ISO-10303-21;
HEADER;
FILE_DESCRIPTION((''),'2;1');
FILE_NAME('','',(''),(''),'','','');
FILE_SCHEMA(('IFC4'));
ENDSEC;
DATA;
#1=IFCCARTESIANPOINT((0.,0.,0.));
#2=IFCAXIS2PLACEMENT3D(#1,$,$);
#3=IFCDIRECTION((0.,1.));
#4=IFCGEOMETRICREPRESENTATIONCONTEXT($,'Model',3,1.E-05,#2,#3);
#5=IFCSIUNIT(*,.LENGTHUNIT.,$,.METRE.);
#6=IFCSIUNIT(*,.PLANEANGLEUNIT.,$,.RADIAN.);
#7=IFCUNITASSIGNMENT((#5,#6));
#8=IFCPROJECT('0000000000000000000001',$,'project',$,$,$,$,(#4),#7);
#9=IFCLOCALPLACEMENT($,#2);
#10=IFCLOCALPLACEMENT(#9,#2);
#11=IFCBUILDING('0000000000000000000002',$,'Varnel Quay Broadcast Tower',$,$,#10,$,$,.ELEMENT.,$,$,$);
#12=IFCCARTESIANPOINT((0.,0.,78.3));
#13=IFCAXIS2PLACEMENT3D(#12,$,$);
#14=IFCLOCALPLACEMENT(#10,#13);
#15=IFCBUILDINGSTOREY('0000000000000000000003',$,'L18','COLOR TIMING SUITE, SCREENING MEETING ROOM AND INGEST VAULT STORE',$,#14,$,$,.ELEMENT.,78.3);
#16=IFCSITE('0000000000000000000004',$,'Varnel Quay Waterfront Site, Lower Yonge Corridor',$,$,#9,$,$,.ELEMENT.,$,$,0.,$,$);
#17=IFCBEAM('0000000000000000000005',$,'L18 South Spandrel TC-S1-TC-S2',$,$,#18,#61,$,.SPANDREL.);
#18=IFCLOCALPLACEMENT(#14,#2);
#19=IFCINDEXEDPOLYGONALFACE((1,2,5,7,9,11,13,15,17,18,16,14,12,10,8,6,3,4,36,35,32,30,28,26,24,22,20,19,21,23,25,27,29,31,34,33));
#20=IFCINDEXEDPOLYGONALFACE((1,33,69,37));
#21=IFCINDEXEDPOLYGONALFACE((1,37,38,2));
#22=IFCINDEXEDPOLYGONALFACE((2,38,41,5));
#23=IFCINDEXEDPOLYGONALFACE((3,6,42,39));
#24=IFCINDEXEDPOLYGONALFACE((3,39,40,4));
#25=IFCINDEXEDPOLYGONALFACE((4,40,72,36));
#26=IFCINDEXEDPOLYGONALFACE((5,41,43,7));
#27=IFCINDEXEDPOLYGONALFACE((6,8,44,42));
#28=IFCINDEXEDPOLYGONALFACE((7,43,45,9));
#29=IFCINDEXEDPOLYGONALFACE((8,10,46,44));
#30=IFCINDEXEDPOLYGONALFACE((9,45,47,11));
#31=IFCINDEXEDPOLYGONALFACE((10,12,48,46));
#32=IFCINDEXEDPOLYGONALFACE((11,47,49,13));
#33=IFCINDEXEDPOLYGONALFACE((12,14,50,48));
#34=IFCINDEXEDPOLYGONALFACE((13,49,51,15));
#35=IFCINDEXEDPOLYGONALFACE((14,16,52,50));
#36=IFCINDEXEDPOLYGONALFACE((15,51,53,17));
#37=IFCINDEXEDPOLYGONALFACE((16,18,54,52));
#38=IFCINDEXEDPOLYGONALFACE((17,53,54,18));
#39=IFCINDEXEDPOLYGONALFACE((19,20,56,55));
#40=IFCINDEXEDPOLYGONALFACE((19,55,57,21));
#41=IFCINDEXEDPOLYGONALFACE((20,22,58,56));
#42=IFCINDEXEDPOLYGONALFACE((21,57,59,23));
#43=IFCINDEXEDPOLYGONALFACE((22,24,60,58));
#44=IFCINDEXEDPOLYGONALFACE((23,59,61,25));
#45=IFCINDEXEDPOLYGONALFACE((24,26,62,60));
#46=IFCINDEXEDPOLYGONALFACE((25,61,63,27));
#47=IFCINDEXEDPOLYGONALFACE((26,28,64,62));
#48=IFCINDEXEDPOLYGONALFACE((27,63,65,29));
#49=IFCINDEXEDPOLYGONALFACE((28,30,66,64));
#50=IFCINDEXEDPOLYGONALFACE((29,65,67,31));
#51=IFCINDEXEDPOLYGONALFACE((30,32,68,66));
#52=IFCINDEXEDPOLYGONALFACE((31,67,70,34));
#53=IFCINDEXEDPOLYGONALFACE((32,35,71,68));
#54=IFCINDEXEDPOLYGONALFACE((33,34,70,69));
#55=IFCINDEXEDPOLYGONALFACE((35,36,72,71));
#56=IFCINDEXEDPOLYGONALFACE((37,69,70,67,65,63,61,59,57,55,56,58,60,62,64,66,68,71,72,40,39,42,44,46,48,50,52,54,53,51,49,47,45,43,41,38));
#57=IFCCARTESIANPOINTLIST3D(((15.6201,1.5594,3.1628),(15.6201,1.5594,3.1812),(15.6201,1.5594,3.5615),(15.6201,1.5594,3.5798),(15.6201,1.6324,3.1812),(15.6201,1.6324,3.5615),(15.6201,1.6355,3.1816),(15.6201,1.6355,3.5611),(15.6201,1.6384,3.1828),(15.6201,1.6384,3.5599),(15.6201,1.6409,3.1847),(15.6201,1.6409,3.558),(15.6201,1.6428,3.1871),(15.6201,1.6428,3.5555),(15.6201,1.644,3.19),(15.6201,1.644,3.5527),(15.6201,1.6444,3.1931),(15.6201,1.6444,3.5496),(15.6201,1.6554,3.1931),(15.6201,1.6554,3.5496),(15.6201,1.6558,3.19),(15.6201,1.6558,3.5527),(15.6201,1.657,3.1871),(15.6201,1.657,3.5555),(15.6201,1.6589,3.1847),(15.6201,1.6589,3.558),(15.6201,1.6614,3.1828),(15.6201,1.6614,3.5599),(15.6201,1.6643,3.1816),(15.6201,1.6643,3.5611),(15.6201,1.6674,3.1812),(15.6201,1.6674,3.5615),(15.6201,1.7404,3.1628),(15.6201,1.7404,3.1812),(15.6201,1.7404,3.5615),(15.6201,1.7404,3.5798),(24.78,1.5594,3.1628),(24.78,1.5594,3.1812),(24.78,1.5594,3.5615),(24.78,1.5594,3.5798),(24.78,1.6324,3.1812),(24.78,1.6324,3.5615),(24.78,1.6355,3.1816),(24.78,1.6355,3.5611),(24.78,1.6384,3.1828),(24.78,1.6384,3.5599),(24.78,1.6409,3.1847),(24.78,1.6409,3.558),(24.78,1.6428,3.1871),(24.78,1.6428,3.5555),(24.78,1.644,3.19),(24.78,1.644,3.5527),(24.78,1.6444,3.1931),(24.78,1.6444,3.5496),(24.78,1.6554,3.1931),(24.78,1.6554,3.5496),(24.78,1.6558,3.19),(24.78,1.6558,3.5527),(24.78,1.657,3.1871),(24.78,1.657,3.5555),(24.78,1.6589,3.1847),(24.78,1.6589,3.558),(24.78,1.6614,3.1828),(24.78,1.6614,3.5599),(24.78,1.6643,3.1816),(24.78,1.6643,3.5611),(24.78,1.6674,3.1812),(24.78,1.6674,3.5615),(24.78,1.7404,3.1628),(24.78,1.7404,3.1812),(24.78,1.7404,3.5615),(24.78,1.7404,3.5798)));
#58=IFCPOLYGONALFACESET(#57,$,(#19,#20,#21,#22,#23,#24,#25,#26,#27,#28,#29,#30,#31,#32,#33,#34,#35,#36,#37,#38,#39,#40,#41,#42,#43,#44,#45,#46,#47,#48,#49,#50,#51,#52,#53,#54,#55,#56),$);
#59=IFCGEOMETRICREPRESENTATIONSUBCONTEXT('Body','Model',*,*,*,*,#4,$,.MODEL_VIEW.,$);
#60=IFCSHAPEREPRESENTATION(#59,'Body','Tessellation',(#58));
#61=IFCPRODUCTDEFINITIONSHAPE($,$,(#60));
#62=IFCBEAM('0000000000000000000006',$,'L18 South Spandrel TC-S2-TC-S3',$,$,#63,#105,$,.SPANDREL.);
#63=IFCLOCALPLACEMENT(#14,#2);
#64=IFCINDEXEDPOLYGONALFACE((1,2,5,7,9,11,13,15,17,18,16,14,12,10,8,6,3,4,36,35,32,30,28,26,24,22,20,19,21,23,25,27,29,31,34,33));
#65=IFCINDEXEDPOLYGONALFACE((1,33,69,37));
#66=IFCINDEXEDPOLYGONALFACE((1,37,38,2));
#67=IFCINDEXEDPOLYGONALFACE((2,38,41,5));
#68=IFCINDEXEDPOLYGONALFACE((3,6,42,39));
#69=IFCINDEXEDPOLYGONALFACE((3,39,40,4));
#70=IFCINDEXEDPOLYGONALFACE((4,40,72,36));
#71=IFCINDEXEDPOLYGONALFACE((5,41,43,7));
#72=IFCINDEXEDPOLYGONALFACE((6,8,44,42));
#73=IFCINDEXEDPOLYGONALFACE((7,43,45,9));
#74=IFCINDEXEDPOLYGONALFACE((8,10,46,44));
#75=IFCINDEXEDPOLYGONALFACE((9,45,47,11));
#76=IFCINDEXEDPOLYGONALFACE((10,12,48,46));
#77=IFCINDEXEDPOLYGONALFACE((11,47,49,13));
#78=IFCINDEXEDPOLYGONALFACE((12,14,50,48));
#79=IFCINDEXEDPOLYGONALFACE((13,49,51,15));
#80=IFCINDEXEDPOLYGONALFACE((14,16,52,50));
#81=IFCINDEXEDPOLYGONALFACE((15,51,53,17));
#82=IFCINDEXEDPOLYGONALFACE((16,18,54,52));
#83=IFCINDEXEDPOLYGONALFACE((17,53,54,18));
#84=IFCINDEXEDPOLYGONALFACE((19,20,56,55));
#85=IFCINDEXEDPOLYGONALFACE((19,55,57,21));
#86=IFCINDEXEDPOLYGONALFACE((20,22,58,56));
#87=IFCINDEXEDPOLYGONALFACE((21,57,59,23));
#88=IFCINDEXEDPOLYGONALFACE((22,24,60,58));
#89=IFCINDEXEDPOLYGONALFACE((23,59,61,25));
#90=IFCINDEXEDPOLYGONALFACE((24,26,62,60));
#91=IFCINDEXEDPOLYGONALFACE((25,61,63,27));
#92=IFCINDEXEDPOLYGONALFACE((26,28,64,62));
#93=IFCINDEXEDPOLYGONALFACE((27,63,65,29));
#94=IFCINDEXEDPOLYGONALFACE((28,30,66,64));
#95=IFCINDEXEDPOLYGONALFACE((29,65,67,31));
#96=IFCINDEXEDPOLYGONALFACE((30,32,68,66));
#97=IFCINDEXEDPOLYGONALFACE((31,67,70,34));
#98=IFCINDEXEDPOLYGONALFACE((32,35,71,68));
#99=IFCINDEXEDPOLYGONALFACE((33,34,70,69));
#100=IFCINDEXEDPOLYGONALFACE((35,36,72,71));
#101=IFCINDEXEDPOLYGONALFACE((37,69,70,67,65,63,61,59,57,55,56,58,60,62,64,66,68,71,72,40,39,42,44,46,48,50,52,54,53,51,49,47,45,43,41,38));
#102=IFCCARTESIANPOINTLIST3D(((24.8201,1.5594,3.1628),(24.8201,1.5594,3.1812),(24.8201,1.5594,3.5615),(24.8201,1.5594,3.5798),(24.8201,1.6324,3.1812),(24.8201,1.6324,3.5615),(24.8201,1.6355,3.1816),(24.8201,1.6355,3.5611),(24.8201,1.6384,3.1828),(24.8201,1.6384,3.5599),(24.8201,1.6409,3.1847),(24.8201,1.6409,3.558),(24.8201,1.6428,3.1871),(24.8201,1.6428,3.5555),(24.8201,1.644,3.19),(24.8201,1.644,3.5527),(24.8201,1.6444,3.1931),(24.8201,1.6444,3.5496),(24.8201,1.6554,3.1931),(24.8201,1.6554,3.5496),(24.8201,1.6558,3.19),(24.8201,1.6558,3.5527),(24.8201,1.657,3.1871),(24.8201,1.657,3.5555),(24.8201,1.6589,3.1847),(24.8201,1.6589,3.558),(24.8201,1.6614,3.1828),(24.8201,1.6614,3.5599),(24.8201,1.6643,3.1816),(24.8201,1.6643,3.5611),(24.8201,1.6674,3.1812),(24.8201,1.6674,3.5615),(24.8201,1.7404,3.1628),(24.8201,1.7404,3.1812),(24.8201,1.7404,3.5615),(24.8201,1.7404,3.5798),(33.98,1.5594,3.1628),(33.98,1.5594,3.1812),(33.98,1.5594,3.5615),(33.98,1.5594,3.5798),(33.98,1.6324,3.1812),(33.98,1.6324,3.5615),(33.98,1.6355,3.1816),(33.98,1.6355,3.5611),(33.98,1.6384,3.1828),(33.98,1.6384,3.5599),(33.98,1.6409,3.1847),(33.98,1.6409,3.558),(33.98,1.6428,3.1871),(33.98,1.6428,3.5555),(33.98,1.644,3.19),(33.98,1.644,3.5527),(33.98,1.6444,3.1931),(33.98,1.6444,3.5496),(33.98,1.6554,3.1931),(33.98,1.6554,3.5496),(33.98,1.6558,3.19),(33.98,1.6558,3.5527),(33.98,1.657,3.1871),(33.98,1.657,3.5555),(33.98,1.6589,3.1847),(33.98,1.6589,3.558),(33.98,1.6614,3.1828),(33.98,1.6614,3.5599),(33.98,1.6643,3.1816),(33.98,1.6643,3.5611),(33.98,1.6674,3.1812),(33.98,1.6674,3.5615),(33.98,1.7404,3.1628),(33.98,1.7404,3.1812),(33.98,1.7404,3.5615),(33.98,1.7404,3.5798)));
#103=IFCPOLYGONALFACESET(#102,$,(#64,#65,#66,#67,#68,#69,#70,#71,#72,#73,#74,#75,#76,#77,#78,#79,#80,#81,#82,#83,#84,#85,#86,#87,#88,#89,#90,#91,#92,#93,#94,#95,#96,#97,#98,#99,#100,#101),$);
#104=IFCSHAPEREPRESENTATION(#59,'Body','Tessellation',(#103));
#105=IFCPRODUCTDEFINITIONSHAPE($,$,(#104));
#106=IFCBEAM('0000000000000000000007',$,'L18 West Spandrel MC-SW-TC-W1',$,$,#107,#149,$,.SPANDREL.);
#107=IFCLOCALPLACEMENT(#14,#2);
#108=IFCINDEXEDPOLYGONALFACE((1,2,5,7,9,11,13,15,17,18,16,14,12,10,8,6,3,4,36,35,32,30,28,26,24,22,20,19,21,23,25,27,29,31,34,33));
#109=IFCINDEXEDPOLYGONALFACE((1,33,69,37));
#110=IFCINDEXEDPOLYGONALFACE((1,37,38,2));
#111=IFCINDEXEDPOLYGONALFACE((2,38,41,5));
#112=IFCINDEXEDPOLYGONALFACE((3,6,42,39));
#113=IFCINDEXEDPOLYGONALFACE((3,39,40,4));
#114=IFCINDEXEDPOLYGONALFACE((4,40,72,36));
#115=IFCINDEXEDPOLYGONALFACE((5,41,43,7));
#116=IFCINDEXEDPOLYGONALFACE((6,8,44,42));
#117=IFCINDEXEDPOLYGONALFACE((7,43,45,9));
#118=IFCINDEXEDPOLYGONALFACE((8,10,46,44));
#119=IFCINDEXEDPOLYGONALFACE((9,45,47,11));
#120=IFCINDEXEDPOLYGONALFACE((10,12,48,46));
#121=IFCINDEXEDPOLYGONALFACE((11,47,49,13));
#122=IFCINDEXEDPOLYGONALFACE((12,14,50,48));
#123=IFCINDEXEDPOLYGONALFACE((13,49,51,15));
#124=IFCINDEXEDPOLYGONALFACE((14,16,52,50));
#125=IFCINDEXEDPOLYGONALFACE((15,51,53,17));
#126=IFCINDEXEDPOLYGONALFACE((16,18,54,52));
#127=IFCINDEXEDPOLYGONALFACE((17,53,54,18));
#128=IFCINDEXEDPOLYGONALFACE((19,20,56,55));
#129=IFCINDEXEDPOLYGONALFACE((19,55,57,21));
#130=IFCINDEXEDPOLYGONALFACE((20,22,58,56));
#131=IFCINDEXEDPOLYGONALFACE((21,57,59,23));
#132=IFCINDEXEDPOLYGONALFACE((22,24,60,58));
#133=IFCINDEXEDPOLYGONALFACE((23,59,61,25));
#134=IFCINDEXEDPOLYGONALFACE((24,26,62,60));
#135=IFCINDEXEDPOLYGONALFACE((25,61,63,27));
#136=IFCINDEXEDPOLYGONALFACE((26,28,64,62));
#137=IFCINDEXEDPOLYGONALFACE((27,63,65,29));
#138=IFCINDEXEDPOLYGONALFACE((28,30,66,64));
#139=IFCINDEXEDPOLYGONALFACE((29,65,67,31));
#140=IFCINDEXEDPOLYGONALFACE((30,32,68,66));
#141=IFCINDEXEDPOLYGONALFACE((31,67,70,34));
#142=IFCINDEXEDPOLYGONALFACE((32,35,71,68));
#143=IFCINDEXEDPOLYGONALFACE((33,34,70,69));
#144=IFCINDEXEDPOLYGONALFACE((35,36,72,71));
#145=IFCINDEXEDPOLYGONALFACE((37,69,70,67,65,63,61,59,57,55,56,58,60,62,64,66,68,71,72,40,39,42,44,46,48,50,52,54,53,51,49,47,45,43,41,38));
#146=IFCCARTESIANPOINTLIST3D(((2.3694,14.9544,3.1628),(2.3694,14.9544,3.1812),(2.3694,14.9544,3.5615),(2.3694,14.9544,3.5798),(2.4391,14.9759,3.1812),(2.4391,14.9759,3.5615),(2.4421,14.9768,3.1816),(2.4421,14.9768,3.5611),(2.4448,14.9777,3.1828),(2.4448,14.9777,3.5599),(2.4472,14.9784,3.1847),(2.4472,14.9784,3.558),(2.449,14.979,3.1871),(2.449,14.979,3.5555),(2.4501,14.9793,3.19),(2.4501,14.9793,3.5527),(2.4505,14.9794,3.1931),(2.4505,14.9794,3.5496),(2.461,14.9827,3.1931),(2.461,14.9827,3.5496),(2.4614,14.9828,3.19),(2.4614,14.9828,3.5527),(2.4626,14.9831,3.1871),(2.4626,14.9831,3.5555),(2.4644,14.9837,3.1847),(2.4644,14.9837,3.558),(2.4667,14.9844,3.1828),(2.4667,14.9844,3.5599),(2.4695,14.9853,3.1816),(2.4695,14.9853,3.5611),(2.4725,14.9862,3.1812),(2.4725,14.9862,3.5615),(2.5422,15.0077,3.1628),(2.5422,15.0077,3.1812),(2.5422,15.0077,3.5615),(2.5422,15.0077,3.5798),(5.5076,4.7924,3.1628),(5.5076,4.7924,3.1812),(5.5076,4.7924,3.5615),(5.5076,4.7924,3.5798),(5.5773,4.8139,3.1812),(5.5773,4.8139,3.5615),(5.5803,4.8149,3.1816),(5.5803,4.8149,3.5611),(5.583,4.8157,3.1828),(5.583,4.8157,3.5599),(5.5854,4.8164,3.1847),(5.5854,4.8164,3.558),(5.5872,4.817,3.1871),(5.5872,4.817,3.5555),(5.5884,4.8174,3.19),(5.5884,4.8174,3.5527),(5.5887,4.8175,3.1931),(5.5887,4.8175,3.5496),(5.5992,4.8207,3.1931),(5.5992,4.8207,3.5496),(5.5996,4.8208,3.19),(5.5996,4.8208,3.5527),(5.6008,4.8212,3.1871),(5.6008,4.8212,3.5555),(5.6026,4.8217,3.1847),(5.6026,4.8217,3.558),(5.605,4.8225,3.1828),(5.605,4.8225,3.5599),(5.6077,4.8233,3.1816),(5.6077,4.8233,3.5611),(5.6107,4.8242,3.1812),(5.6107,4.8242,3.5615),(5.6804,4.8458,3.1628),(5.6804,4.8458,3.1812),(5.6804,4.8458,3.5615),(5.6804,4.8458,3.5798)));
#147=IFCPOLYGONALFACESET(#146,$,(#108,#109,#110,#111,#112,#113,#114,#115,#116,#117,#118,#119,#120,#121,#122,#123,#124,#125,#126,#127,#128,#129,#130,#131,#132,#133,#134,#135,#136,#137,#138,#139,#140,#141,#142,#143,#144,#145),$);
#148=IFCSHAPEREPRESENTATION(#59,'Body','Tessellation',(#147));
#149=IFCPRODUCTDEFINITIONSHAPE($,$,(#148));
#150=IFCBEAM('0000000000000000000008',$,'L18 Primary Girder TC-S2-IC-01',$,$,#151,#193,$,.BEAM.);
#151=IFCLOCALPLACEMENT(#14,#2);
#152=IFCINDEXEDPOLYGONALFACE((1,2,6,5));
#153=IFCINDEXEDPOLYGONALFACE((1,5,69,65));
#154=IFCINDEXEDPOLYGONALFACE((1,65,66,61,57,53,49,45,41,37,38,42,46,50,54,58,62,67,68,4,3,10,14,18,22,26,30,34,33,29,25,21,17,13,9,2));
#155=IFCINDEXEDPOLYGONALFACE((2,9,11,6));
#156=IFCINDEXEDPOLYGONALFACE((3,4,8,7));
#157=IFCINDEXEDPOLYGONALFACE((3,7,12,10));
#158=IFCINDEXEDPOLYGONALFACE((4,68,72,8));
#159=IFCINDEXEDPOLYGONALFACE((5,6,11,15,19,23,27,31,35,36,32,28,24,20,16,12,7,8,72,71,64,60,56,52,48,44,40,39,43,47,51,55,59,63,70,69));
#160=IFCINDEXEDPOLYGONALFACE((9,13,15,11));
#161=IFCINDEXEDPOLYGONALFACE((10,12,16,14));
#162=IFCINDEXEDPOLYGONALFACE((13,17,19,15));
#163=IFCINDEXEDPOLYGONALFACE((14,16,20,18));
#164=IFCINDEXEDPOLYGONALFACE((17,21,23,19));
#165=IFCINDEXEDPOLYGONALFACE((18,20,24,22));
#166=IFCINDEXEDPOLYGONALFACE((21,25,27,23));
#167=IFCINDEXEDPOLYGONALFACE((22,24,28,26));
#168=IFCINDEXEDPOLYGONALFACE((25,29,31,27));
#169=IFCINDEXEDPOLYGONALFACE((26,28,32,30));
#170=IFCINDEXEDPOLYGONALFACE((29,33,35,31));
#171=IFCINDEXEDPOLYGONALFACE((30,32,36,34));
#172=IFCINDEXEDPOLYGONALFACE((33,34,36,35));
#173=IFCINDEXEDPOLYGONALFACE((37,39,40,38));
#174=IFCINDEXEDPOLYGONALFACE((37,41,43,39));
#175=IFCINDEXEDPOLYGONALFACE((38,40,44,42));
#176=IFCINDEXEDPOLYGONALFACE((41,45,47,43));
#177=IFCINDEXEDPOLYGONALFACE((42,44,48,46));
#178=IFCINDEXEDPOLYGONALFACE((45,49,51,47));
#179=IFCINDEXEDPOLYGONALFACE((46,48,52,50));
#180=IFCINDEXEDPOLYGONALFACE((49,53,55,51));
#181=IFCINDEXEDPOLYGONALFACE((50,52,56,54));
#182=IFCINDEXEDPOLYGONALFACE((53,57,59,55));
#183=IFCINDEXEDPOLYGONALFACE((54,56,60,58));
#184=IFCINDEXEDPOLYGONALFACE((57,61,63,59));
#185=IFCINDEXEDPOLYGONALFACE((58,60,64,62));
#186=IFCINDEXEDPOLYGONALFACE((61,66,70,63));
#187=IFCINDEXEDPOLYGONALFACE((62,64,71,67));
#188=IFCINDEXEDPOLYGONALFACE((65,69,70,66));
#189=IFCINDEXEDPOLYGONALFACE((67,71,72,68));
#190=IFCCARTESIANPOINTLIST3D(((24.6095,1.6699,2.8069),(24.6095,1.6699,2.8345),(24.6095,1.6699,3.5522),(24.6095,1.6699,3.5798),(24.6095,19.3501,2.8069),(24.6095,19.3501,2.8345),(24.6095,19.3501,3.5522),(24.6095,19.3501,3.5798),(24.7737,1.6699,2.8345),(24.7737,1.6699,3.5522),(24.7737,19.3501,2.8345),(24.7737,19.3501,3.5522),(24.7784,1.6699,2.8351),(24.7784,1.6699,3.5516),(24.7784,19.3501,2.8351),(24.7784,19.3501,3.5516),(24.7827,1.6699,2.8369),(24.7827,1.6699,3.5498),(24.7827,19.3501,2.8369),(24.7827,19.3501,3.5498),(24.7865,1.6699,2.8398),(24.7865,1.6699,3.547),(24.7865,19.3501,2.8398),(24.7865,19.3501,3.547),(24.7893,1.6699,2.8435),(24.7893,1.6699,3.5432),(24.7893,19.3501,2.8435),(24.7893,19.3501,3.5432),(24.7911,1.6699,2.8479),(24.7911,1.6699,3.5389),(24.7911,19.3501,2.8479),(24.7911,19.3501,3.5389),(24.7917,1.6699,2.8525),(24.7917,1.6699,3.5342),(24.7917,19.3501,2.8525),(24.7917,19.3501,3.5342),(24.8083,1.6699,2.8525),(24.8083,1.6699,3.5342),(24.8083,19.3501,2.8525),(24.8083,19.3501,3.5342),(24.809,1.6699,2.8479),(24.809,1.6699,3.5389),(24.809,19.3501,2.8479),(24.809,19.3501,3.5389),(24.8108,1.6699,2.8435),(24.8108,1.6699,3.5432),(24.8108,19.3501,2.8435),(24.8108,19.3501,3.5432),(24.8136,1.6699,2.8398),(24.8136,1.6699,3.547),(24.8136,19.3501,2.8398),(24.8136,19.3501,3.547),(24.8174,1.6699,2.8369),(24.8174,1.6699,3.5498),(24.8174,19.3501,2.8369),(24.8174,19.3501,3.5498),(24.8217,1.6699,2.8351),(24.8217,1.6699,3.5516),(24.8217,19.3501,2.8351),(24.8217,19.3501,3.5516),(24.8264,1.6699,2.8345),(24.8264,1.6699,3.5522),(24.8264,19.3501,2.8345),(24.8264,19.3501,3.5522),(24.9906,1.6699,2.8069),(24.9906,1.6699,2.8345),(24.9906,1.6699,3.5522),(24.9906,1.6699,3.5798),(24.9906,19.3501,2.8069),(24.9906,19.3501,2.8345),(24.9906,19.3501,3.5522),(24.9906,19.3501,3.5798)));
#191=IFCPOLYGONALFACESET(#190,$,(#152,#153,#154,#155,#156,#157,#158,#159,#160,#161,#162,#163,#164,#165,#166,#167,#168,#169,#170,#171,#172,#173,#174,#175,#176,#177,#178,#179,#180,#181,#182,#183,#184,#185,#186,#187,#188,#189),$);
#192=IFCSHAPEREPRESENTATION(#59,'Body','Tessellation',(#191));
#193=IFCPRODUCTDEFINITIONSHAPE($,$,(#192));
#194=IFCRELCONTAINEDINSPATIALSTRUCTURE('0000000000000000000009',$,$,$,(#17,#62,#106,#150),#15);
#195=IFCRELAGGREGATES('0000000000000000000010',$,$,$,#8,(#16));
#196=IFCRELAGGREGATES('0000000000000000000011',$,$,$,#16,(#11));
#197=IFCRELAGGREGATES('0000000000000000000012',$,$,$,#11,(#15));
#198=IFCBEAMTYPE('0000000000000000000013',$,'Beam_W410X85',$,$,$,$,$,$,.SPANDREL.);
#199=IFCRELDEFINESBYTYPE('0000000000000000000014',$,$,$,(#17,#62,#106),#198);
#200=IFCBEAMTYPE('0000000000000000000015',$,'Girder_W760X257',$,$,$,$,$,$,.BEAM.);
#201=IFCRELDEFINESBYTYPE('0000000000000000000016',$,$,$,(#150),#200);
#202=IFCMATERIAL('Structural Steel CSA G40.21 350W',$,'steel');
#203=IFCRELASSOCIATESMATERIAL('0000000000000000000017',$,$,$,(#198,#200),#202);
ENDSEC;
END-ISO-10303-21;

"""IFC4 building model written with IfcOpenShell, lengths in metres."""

from ifc_helpers import new_model, si_unit, direction, frame, origin, origin_2d, place, context, subcontext, project, spatial, i_section, extrude, source, transform, mapped, material, material_profile, profile_set, type_object, type_shapes, element, save


model = new_model("IFC4")

# Units and contexts
model_context = context("Model", 3, precision=1e-05, world=origin(), true_north=direction((0.0, 1.0)))
body_context = subcontext(model_context, "Body", "Model", "MODEL_VIEW")
ifc_project = project(units=[si_unit("LENGTHUNIT", "METRE"), si_unit("PLANEANGLEUNIT", "RADIAN")], contexts=[model_context])

# Site, building, storey
site_placement = place(None, origin())
site = spatial("IfcSite", under=ifc_project, at=site_placement, Name="Varnel Quay Waterfront Site, Lower Yonge Corridor", CompositionType="ELEMENT", RefElevation=0.0)
building_placement = place(site_placement, origin())
building = spatial("IfcBuilding", under=site, at=building_placement, Name="Varnel Quay Broadcast Tower", CompositionType="ELEMENT")
storey_placement = place(building_placement, frame((0.0, 0.0, 78.3)))
storey = spatial("IfcBuildingStorey", under=building, at=storey_placement, Name="L18", Description="COLOR TIMING SUITE, SCREENING MEETING ROOM AND INGEST VAULT STORE", CompositionType="ELEMENT", Elevation=78.3)

# Shared definitions
ifc_material_1 = material(Name="Structural Steel CSA G40.21 350W", Category="steel")

# Beams
ifc_material_profile_1 = material_profile(ifc_material_1, i_section(OverallWidth=0.1809, OverallDepth=0.417, WebThickness=0.011, FlangeThickness=0.0183, FilletRadius=0.012, at=origin_2d()), Name="W410X85")
ifc_profile_set_1 = profile_set([ifc_material_profile_1], Name="Structural Steel CSA G40.21 350W")
beam_type_1 = type_object("IfcBeamType", Name="Beam_W410X85", PredefinedType="SPANDREL", material=ifc_profile_set_1)
shared_shape_1 = source(origin(), body_context, "Body", "SweptSolid", [
    extrude(i_section(OverallWidth=0.1809, OverallDepth=0.417, WebThickness=0.011, FlangeThickness=0.0183, FilletRadius=0.012, at=origin_2d()), origin(), (0.0, 0.0, 1.0), 9.1599),
])
for number, where, z_axis, x_axis, name in (
    (1, (15.6201, 1.6499, 3.3713), (1.0, 0.0, 0.0), (0.0, 1.0, 0.0), "L18 South Spandrel TC-S1-TC-S2"),
    (2, (24.8201, 1.6499, 3.3713), (1.0, 0.0, 0.0), (0.0, 1.0, 0.0), "L18 South Spandrel TC-S2-TC-S3"),
):
    element("IfcBeam", number, at=place(storey_placement, frame(where, z_axis=z_axis, x_axis=x_axis)), inside=storey, type_object=beam_type_1, Name=name, PredefinedType="SPANDREL", context=body_context, shape_type="MappedRepresentation", body=[
        mapped(shared_shape_1, transform((0.0, 0.0, 0.0), x_axis=(1.0, 0.0, 0.0), y_axis=(0.0, 1.0, 0.0), z_axis=(0.0, 0.0, 1.0), scale=1.0)),
    ])
shared_shape_2 = source(origin(), body_context, "Body", "SweptSolid", [
    extrude(i_section(OverallWidth=0.1809, OverallDepth=0.417, WebThickness=0.011, FlangeThickness=0.0183, FilletRadius=0.012, at=origin_2d()), origin(), (0.0, 0.0, 1.0), 10.6355),
])
beam_1_placement = place(storey_placement, frame((5.594, 4.8191, 3.3713), z_axis=(-0.29507, 0.955476, 0.0), x_axis=(-0.955476, -0.29507, 0.0)))
element("IfcBeam", 3, at=beam_1_placement, inside=storey, type_object=beam_type_1, Name="L18 West Spandrel MC-SW-TC-W1", PredefinedType="SPANDREL", context=body_context, shape_type="MappedRepresentation", body=[
    mapped(shared_shape_2, transform((0.0, 0.0, 0.0), x_axis=(1.0, 0.0, 0.0), y_axis=(0.0, 1.0, 0.0), z_axis=(0.0, 0.0, 1.0), scale=1.0)),
])
ifc_material_profile_2 = material_profile(ifc_material_1, i_section(OverallWidth=0.3811, OverallDepth=0.7729, WebThickness=0.0166, FlangeThickness=0.0276, FilletRadius=0.0181, at=origin_2d()), Name="W760X257")
ifc_profile_set_2 = profile_set([ifc_material_profile_2], Name="Structural Steel CSA G40.21 350W")
beam_type_2 = type_object("IfcBeamType", Name="Girder_W760X257", PredefinedType="BEAM", material=ifc_profile_set_2)
shared_shape_3 = source(origin(), body_context, "Body", "SweptSolid", [
    extrude(i_section(OverallWidth=0.3811, OverallDepth=0.7729, WebThickness=0.0166, FlangeThickness=0.0276, FilletRadius=0.0181, at=origin_2d()), origin(), (0.0, 0.0, 1.0), 17.6802),
])
type_shapes(beam_type_2, [shared_shape_3])
beam_2_placement = place(storey_placement, frame((24.8, 1.6699, 3.1934), z_axis=(0.0, 1.0, 0.0), x_axis=(-1.0, 0.0, 0.0)))
element("IfcBeam", 4, at=beam_2_placement, inside=storey, type_object=beam_type_2, Name="L18 Primary Girder TC-S2-IC-01", PredefinedType="BEAM", context=body_context, shape_type="MappedRepresentation", body=[
    mapped(shared_shape_3, transform((0.0, 0.0, 0.0), x_axis=(1.0, 0.0, 0.0), y_axis=(0.0, 1.0, 0.0), z_axis=(0.0, 0.0, 1.0), scale=1.0)),
])

save(model, "model.ifc")
